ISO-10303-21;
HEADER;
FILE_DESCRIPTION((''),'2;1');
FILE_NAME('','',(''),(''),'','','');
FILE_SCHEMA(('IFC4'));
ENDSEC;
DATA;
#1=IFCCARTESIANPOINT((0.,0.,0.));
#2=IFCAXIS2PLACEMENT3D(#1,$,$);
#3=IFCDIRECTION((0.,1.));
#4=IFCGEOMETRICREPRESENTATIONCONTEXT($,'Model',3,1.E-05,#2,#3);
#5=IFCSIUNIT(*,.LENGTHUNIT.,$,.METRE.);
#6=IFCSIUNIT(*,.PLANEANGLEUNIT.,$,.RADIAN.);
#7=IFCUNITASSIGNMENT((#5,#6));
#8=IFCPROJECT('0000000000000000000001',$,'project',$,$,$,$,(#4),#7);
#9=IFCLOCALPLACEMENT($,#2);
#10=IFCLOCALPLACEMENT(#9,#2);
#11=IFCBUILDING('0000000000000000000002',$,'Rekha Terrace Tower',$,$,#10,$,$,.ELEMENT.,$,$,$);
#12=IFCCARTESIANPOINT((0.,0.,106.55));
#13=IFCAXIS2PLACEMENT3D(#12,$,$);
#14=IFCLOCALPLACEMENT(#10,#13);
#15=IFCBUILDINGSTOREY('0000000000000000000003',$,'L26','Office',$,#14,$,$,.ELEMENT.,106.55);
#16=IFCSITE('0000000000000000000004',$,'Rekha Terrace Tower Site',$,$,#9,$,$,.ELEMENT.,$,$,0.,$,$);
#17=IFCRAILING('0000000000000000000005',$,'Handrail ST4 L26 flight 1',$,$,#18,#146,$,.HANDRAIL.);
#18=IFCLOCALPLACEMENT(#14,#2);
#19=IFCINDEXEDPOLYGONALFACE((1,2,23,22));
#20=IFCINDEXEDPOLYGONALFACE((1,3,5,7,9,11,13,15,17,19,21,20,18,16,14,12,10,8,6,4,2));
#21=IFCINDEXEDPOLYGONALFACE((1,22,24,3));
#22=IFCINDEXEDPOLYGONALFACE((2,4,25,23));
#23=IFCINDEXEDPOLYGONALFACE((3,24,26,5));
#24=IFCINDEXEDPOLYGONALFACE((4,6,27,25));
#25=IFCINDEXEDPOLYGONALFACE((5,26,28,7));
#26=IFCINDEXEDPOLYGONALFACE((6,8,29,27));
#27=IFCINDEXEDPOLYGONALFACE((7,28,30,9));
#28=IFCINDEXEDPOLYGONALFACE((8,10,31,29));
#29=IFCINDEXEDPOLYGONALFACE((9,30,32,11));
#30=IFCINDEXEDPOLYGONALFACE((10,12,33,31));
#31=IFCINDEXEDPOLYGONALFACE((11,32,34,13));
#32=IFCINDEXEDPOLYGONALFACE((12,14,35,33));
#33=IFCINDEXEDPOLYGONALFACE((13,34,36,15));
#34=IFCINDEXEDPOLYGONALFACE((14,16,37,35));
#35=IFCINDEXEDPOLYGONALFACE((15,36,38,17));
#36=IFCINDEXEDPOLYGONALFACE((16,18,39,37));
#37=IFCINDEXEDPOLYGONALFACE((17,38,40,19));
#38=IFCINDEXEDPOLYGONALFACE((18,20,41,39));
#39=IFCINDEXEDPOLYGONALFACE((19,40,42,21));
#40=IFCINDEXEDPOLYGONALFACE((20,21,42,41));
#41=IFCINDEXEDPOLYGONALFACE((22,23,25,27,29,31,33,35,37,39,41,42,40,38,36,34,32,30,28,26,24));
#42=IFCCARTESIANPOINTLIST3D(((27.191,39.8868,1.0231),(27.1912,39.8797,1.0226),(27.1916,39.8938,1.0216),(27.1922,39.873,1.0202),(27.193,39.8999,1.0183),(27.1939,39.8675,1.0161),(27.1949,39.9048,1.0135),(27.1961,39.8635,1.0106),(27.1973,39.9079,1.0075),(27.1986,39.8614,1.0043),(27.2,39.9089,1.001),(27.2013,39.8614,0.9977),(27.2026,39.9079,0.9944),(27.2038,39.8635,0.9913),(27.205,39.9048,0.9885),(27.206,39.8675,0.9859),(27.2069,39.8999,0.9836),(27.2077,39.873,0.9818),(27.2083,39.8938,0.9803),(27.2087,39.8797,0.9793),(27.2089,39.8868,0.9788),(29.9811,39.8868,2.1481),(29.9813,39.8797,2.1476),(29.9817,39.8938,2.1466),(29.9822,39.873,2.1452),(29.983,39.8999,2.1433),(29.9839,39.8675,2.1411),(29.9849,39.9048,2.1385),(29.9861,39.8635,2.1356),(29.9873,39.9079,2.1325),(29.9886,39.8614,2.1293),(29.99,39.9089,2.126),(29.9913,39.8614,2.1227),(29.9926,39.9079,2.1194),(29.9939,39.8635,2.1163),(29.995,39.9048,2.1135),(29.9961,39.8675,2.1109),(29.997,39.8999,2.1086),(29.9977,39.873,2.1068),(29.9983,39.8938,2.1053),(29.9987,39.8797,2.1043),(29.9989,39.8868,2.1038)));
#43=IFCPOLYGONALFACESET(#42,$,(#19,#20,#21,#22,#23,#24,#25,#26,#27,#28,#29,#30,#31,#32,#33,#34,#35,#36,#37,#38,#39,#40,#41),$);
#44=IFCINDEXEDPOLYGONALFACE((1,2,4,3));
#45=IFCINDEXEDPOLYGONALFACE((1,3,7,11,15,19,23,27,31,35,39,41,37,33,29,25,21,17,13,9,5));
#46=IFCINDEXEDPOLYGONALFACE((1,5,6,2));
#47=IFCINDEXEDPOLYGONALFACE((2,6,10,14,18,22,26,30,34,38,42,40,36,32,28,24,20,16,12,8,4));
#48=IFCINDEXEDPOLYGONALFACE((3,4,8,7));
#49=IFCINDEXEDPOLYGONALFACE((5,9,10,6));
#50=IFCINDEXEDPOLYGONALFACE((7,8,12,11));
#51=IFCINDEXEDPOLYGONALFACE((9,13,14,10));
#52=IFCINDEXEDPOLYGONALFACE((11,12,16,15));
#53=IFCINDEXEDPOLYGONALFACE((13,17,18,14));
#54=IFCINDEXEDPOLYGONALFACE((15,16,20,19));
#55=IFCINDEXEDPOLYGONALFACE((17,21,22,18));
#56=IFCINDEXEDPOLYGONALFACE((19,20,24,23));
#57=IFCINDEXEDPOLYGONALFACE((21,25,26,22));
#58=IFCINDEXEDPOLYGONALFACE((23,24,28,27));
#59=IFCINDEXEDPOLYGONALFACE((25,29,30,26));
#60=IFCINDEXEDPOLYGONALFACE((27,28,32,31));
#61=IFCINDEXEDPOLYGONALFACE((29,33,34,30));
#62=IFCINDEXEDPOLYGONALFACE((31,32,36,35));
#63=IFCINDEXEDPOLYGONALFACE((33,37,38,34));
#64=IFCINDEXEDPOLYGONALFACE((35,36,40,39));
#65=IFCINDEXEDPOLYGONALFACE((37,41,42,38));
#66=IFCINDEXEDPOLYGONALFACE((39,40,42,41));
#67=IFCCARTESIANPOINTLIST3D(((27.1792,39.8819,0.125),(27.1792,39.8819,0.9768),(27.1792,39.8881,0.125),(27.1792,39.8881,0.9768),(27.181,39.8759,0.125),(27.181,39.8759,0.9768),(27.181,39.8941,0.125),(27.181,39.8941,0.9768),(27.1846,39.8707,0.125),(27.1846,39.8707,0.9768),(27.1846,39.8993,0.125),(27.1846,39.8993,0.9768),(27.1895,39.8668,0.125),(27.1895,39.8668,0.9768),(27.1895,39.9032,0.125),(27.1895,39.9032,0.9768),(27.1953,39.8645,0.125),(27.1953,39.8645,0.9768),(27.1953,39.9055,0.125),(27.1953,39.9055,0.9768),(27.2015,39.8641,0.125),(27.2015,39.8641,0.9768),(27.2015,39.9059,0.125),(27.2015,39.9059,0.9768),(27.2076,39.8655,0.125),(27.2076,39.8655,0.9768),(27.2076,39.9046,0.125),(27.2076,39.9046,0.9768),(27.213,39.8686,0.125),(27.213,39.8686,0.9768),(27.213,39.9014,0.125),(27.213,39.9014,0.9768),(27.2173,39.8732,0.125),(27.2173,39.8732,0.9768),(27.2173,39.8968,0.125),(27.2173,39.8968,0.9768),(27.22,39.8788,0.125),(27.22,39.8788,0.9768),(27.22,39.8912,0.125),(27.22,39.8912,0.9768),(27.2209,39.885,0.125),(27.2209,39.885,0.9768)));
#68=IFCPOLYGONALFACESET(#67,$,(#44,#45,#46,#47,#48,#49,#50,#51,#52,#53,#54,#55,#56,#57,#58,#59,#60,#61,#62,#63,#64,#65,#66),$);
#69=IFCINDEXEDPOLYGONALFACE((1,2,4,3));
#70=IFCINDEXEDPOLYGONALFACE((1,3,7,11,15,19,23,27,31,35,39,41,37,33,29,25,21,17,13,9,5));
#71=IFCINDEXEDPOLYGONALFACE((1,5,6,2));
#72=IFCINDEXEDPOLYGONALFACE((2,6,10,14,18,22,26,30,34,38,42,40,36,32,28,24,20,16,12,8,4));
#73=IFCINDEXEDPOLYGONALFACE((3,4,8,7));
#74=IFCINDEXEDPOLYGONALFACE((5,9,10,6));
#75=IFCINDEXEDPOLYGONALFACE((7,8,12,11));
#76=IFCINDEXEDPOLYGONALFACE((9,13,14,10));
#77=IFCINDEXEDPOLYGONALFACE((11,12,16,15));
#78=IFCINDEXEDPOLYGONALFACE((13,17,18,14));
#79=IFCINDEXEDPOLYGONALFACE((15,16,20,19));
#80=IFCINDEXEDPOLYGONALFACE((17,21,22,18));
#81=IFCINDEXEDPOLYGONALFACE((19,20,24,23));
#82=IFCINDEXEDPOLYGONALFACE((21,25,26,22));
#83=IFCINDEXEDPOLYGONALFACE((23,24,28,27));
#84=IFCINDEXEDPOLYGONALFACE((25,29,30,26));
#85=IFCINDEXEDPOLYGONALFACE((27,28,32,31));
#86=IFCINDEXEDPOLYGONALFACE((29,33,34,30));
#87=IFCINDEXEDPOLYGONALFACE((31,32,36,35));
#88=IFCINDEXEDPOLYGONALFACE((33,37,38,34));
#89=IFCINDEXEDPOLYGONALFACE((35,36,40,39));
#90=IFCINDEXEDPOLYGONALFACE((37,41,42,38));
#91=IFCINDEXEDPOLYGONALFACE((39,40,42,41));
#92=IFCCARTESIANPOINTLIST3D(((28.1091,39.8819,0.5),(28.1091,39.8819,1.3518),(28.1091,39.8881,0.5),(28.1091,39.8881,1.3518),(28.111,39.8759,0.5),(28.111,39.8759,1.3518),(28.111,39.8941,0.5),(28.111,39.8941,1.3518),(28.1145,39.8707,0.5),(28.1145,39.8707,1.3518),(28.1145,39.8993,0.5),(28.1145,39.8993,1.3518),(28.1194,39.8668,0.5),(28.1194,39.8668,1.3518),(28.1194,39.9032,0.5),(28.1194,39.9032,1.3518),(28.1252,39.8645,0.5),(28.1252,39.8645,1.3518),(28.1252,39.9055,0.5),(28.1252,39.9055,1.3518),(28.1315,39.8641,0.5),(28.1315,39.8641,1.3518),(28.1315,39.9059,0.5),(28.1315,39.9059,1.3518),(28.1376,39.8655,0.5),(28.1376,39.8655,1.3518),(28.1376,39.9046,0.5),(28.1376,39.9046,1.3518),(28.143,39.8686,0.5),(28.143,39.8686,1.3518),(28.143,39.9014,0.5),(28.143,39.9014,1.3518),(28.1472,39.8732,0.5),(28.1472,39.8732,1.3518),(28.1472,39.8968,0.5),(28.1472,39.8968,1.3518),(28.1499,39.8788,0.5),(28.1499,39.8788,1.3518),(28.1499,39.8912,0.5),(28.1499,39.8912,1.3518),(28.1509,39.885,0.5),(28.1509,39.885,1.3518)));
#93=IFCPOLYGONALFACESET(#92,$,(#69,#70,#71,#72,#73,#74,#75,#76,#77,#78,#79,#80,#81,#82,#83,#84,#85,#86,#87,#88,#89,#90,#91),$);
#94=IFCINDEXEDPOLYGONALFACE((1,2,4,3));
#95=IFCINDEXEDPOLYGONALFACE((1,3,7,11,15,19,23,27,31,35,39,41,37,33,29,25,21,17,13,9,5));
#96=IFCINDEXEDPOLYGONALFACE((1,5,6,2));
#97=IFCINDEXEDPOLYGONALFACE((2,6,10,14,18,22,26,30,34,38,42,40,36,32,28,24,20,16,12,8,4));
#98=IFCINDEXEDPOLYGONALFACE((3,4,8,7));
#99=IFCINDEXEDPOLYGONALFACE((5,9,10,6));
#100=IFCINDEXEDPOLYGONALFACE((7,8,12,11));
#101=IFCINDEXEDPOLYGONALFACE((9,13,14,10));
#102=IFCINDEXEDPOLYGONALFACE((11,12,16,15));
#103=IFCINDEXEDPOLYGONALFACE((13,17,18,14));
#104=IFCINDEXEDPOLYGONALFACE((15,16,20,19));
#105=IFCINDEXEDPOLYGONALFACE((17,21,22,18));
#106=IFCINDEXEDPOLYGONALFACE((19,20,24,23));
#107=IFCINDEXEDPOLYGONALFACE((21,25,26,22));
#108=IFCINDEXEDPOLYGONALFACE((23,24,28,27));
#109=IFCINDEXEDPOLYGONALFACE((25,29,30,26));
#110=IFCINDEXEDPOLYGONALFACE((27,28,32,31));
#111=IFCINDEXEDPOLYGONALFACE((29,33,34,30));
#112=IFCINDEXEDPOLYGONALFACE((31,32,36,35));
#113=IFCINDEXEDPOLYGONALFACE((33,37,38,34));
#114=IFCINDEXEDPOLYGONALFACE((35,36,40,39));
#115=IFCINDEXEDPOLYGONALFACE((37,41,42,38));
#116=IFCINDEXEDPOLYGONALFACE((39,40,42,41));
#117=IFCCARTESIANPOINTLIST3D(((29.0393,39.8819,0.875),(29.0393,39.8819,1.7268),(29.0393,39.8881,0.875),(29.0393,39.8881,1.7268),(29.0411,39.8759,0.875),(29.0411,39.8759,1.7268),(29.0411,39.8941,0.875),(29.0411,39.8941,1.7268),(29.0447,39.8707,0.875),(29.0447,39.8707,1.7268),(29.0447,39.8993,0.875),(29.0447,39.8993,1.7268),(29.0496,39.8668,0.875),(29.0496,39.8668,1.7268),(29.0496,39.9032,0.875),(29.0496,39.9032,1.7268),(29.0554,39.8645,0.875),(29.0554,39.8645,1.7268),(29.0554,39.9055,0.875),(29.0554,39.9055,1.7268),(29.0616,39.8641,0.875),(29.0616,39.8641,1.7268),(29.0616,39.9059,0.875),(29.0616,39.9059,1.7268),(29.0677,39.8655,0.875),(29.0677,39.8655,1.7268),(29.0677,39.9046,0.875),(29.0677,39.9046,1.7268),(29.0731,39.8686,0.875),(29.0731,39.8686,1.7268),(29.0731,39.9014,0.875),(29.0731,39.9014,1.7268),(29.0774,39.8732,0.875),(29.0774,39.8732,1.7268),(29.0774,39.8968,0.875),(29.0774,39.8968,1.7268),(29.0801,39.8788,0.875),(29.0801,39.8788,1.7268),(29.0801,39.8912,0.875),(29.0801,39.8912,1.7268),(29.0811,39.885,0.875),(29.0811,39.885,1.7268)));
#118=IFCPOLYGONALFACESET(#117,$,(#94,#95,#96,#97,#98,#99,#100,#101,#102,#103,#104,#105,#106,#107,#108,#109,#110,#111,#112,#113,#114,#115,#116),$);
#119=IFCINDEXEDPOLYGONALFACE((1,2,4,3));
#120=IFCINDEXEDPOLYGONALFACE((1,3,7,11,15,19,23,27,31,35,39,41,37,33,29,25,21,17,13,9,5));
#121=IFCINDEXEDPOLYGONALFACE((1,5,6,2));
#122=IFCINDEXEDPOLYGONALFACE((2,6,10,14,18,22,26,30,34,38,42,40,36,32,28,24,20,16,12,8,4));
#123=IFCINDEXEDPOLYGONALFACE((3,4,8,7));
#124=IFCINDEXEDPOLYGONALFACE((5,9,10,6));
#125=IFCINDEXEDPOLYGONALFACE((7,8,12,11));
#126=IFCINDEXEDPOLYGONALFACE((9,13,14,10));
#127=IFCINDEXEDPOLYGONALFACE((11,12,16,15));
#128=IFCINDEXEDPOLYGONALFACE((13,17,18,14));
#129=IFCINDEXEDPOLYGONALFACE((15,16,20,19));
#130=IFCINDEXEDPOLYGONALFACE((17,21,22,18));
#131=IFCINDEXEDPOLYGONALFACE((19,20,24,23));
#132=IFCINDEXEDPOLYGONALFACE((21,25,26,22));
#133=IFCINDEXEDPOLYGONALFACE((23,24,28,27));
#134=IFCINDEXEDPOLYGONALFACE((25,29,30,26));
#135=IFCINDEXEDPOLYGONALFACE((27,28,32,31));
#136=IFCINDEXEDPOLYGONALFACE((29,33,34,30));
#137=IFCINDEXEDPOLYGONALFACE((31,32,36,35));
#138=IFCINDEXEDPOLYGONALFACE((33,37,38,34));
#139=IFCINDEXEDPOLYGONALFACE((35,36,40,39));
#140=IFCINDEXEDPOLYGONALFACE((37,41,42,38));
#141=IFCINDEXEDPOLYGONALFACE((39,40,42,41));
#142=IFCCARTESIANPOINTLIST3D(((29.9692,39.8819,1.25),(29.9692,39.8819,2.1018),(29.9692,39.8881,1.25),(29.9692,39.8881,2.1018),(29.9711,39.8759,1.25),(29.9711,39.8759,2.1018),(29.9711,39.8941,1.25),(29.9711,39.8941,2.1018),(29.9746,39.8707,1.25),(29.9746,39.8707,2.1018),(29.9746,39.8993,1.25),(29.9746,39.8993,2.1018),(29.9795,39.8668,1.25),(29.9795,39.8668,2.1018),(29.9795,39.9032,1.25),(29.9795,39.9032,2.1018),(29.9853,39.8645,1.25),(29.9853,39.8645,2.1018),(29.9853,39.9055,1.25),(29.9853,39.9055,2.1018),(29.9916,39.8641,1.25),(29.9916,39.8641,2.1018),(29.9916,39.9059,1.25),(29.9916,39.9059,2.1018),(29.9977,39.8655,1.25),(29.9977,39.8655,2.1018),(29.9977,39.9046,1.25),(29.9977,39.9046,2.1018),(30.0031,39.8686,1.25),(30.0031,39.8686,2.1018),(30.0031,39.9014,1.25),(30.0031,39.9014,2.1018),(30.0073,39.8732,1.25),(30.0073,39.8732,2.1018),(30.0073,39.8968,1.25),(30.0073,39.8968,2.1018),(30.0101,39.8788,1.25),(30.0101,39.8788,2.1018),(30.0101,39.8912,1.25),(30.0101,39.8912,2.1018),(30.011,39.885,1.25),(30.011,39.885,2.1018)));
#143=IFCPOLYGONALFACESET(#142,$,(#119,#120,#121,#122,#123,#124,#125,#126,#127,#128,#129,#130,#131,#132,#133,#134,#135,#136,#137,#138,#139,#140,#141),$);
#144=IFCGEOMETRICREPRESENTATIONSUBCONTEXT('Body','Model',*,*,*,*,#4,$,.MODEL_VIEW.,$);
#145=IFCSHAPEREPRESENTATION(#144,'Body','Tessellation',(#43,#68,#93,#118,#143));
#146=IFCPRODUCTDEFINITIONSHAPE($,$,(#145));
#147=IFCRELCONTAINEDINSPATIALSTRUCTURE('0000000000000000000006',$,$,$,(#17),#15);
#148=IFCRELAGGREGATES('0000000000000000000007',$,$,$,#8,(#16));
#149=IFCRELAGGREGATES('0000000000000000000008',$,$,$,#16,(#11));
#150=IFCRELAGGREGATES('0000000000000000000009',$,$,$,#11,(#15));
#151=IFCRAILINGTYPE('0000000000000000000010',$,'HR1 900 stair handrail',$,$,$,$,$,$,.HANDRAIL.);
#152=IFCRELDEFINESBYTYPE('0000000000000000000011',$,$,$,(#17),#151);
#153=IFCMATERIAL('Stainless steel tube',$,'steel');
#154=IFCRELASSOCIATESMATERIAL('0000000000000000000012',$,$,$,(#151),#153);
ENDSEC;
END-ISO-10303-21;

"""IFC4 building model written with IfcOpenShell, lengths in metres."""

from ifc_helpers import new_model, si_unit, direction, frame, origin, origin_2d, place, context, subcontext, project, spatial, circle, extrude, material, type_object, element, save


model = new_model("IFC4")

# Units and contexts
model_context = context("Model", 3, precision=1e-05, world=origin(), true_north=direction((0.0, 1.0)))
body_context = subcontext(model_context, "Body", "Model", "MODEL_VIEW")
ifc_project = project(units=[si_unit("LENGTHUNIT", "METRE"), si_unit("PLANEANGLEUNIT", "RADIAN")], contexts=[model_context])

# Site, building, storey
site_placement = place(None, origin())
site = spatial("IfcSite", under=ifc_project, at=site_placement, Name="Rekha Terrace Tower Site", CompositionType="ELEMENT", RefElevation=0.0)
building_placement = place(site_placement, origin())
building = spatial("IfcBuilding", under=site, at=building_placement, Name="Rekha Terrace Tower", CompositionType="ELEMENT")
storey_placement = place(building_placement, frame((0.0, 0.0, 106.55)))
storey = spatial("IfcBuildingStorey", under=building, at=storey_placement, Name="L26", Description="Office", CompositionType="ELEMENT", Elevation=106.55)

# Railing
ifc_material_1 = material(Name="Stainless steel tube", Category="steel")
railing_type_1 = type_object("IfcRailingType", Name="HR1 900 stair handrail", PredefinedType="HANDRAIL", material=ifc_material_1)
railing_1_placement = place(storey_placement, frame((27.2, 39.885, 0.125)))
element("IfcRailing", 1, at=railing_1_placement, inside=storey, type_object=railing_type_1, Name="Handrail ST4 L26 flight 1", PredefinedType="HANDRAIL", context=body_context, shape_type="SweptSolid", body=[
    extrude(circle(Radius=0.0239, at=origin_2d()), frame((0.0, 0.0, 0.876), z_axis=(0.927443, 0.0, 0.373964), x_axis=(0.0, 1.0, 0.0)), (0.0, 0.0, 1.0), 3.0083),
    extrude(circle(Radius=0.021, at=origin_2d()), origin(), (0.0, 0.0, 1.0), 0.8518),
    extrude(circle(Radius=0.021, at=origin_2d()), frame((0.9299, 0.0, 0.375)), (0.0, 0.0, 1.0), 0.8518),
    extrude(circle(Radius=0.021, at=origin_2d()), frame((1.8601, 0.0, 0.75)), (0.0, 0.0, 1.0), 0.8518),
    extrude(circle(Radius=0.021, at=origin_2d()), frame((2.79, 0.0, 1.125)), (0.0, 0.0, 1.0), 0.8518),
])

save(model, "model.ifc")
